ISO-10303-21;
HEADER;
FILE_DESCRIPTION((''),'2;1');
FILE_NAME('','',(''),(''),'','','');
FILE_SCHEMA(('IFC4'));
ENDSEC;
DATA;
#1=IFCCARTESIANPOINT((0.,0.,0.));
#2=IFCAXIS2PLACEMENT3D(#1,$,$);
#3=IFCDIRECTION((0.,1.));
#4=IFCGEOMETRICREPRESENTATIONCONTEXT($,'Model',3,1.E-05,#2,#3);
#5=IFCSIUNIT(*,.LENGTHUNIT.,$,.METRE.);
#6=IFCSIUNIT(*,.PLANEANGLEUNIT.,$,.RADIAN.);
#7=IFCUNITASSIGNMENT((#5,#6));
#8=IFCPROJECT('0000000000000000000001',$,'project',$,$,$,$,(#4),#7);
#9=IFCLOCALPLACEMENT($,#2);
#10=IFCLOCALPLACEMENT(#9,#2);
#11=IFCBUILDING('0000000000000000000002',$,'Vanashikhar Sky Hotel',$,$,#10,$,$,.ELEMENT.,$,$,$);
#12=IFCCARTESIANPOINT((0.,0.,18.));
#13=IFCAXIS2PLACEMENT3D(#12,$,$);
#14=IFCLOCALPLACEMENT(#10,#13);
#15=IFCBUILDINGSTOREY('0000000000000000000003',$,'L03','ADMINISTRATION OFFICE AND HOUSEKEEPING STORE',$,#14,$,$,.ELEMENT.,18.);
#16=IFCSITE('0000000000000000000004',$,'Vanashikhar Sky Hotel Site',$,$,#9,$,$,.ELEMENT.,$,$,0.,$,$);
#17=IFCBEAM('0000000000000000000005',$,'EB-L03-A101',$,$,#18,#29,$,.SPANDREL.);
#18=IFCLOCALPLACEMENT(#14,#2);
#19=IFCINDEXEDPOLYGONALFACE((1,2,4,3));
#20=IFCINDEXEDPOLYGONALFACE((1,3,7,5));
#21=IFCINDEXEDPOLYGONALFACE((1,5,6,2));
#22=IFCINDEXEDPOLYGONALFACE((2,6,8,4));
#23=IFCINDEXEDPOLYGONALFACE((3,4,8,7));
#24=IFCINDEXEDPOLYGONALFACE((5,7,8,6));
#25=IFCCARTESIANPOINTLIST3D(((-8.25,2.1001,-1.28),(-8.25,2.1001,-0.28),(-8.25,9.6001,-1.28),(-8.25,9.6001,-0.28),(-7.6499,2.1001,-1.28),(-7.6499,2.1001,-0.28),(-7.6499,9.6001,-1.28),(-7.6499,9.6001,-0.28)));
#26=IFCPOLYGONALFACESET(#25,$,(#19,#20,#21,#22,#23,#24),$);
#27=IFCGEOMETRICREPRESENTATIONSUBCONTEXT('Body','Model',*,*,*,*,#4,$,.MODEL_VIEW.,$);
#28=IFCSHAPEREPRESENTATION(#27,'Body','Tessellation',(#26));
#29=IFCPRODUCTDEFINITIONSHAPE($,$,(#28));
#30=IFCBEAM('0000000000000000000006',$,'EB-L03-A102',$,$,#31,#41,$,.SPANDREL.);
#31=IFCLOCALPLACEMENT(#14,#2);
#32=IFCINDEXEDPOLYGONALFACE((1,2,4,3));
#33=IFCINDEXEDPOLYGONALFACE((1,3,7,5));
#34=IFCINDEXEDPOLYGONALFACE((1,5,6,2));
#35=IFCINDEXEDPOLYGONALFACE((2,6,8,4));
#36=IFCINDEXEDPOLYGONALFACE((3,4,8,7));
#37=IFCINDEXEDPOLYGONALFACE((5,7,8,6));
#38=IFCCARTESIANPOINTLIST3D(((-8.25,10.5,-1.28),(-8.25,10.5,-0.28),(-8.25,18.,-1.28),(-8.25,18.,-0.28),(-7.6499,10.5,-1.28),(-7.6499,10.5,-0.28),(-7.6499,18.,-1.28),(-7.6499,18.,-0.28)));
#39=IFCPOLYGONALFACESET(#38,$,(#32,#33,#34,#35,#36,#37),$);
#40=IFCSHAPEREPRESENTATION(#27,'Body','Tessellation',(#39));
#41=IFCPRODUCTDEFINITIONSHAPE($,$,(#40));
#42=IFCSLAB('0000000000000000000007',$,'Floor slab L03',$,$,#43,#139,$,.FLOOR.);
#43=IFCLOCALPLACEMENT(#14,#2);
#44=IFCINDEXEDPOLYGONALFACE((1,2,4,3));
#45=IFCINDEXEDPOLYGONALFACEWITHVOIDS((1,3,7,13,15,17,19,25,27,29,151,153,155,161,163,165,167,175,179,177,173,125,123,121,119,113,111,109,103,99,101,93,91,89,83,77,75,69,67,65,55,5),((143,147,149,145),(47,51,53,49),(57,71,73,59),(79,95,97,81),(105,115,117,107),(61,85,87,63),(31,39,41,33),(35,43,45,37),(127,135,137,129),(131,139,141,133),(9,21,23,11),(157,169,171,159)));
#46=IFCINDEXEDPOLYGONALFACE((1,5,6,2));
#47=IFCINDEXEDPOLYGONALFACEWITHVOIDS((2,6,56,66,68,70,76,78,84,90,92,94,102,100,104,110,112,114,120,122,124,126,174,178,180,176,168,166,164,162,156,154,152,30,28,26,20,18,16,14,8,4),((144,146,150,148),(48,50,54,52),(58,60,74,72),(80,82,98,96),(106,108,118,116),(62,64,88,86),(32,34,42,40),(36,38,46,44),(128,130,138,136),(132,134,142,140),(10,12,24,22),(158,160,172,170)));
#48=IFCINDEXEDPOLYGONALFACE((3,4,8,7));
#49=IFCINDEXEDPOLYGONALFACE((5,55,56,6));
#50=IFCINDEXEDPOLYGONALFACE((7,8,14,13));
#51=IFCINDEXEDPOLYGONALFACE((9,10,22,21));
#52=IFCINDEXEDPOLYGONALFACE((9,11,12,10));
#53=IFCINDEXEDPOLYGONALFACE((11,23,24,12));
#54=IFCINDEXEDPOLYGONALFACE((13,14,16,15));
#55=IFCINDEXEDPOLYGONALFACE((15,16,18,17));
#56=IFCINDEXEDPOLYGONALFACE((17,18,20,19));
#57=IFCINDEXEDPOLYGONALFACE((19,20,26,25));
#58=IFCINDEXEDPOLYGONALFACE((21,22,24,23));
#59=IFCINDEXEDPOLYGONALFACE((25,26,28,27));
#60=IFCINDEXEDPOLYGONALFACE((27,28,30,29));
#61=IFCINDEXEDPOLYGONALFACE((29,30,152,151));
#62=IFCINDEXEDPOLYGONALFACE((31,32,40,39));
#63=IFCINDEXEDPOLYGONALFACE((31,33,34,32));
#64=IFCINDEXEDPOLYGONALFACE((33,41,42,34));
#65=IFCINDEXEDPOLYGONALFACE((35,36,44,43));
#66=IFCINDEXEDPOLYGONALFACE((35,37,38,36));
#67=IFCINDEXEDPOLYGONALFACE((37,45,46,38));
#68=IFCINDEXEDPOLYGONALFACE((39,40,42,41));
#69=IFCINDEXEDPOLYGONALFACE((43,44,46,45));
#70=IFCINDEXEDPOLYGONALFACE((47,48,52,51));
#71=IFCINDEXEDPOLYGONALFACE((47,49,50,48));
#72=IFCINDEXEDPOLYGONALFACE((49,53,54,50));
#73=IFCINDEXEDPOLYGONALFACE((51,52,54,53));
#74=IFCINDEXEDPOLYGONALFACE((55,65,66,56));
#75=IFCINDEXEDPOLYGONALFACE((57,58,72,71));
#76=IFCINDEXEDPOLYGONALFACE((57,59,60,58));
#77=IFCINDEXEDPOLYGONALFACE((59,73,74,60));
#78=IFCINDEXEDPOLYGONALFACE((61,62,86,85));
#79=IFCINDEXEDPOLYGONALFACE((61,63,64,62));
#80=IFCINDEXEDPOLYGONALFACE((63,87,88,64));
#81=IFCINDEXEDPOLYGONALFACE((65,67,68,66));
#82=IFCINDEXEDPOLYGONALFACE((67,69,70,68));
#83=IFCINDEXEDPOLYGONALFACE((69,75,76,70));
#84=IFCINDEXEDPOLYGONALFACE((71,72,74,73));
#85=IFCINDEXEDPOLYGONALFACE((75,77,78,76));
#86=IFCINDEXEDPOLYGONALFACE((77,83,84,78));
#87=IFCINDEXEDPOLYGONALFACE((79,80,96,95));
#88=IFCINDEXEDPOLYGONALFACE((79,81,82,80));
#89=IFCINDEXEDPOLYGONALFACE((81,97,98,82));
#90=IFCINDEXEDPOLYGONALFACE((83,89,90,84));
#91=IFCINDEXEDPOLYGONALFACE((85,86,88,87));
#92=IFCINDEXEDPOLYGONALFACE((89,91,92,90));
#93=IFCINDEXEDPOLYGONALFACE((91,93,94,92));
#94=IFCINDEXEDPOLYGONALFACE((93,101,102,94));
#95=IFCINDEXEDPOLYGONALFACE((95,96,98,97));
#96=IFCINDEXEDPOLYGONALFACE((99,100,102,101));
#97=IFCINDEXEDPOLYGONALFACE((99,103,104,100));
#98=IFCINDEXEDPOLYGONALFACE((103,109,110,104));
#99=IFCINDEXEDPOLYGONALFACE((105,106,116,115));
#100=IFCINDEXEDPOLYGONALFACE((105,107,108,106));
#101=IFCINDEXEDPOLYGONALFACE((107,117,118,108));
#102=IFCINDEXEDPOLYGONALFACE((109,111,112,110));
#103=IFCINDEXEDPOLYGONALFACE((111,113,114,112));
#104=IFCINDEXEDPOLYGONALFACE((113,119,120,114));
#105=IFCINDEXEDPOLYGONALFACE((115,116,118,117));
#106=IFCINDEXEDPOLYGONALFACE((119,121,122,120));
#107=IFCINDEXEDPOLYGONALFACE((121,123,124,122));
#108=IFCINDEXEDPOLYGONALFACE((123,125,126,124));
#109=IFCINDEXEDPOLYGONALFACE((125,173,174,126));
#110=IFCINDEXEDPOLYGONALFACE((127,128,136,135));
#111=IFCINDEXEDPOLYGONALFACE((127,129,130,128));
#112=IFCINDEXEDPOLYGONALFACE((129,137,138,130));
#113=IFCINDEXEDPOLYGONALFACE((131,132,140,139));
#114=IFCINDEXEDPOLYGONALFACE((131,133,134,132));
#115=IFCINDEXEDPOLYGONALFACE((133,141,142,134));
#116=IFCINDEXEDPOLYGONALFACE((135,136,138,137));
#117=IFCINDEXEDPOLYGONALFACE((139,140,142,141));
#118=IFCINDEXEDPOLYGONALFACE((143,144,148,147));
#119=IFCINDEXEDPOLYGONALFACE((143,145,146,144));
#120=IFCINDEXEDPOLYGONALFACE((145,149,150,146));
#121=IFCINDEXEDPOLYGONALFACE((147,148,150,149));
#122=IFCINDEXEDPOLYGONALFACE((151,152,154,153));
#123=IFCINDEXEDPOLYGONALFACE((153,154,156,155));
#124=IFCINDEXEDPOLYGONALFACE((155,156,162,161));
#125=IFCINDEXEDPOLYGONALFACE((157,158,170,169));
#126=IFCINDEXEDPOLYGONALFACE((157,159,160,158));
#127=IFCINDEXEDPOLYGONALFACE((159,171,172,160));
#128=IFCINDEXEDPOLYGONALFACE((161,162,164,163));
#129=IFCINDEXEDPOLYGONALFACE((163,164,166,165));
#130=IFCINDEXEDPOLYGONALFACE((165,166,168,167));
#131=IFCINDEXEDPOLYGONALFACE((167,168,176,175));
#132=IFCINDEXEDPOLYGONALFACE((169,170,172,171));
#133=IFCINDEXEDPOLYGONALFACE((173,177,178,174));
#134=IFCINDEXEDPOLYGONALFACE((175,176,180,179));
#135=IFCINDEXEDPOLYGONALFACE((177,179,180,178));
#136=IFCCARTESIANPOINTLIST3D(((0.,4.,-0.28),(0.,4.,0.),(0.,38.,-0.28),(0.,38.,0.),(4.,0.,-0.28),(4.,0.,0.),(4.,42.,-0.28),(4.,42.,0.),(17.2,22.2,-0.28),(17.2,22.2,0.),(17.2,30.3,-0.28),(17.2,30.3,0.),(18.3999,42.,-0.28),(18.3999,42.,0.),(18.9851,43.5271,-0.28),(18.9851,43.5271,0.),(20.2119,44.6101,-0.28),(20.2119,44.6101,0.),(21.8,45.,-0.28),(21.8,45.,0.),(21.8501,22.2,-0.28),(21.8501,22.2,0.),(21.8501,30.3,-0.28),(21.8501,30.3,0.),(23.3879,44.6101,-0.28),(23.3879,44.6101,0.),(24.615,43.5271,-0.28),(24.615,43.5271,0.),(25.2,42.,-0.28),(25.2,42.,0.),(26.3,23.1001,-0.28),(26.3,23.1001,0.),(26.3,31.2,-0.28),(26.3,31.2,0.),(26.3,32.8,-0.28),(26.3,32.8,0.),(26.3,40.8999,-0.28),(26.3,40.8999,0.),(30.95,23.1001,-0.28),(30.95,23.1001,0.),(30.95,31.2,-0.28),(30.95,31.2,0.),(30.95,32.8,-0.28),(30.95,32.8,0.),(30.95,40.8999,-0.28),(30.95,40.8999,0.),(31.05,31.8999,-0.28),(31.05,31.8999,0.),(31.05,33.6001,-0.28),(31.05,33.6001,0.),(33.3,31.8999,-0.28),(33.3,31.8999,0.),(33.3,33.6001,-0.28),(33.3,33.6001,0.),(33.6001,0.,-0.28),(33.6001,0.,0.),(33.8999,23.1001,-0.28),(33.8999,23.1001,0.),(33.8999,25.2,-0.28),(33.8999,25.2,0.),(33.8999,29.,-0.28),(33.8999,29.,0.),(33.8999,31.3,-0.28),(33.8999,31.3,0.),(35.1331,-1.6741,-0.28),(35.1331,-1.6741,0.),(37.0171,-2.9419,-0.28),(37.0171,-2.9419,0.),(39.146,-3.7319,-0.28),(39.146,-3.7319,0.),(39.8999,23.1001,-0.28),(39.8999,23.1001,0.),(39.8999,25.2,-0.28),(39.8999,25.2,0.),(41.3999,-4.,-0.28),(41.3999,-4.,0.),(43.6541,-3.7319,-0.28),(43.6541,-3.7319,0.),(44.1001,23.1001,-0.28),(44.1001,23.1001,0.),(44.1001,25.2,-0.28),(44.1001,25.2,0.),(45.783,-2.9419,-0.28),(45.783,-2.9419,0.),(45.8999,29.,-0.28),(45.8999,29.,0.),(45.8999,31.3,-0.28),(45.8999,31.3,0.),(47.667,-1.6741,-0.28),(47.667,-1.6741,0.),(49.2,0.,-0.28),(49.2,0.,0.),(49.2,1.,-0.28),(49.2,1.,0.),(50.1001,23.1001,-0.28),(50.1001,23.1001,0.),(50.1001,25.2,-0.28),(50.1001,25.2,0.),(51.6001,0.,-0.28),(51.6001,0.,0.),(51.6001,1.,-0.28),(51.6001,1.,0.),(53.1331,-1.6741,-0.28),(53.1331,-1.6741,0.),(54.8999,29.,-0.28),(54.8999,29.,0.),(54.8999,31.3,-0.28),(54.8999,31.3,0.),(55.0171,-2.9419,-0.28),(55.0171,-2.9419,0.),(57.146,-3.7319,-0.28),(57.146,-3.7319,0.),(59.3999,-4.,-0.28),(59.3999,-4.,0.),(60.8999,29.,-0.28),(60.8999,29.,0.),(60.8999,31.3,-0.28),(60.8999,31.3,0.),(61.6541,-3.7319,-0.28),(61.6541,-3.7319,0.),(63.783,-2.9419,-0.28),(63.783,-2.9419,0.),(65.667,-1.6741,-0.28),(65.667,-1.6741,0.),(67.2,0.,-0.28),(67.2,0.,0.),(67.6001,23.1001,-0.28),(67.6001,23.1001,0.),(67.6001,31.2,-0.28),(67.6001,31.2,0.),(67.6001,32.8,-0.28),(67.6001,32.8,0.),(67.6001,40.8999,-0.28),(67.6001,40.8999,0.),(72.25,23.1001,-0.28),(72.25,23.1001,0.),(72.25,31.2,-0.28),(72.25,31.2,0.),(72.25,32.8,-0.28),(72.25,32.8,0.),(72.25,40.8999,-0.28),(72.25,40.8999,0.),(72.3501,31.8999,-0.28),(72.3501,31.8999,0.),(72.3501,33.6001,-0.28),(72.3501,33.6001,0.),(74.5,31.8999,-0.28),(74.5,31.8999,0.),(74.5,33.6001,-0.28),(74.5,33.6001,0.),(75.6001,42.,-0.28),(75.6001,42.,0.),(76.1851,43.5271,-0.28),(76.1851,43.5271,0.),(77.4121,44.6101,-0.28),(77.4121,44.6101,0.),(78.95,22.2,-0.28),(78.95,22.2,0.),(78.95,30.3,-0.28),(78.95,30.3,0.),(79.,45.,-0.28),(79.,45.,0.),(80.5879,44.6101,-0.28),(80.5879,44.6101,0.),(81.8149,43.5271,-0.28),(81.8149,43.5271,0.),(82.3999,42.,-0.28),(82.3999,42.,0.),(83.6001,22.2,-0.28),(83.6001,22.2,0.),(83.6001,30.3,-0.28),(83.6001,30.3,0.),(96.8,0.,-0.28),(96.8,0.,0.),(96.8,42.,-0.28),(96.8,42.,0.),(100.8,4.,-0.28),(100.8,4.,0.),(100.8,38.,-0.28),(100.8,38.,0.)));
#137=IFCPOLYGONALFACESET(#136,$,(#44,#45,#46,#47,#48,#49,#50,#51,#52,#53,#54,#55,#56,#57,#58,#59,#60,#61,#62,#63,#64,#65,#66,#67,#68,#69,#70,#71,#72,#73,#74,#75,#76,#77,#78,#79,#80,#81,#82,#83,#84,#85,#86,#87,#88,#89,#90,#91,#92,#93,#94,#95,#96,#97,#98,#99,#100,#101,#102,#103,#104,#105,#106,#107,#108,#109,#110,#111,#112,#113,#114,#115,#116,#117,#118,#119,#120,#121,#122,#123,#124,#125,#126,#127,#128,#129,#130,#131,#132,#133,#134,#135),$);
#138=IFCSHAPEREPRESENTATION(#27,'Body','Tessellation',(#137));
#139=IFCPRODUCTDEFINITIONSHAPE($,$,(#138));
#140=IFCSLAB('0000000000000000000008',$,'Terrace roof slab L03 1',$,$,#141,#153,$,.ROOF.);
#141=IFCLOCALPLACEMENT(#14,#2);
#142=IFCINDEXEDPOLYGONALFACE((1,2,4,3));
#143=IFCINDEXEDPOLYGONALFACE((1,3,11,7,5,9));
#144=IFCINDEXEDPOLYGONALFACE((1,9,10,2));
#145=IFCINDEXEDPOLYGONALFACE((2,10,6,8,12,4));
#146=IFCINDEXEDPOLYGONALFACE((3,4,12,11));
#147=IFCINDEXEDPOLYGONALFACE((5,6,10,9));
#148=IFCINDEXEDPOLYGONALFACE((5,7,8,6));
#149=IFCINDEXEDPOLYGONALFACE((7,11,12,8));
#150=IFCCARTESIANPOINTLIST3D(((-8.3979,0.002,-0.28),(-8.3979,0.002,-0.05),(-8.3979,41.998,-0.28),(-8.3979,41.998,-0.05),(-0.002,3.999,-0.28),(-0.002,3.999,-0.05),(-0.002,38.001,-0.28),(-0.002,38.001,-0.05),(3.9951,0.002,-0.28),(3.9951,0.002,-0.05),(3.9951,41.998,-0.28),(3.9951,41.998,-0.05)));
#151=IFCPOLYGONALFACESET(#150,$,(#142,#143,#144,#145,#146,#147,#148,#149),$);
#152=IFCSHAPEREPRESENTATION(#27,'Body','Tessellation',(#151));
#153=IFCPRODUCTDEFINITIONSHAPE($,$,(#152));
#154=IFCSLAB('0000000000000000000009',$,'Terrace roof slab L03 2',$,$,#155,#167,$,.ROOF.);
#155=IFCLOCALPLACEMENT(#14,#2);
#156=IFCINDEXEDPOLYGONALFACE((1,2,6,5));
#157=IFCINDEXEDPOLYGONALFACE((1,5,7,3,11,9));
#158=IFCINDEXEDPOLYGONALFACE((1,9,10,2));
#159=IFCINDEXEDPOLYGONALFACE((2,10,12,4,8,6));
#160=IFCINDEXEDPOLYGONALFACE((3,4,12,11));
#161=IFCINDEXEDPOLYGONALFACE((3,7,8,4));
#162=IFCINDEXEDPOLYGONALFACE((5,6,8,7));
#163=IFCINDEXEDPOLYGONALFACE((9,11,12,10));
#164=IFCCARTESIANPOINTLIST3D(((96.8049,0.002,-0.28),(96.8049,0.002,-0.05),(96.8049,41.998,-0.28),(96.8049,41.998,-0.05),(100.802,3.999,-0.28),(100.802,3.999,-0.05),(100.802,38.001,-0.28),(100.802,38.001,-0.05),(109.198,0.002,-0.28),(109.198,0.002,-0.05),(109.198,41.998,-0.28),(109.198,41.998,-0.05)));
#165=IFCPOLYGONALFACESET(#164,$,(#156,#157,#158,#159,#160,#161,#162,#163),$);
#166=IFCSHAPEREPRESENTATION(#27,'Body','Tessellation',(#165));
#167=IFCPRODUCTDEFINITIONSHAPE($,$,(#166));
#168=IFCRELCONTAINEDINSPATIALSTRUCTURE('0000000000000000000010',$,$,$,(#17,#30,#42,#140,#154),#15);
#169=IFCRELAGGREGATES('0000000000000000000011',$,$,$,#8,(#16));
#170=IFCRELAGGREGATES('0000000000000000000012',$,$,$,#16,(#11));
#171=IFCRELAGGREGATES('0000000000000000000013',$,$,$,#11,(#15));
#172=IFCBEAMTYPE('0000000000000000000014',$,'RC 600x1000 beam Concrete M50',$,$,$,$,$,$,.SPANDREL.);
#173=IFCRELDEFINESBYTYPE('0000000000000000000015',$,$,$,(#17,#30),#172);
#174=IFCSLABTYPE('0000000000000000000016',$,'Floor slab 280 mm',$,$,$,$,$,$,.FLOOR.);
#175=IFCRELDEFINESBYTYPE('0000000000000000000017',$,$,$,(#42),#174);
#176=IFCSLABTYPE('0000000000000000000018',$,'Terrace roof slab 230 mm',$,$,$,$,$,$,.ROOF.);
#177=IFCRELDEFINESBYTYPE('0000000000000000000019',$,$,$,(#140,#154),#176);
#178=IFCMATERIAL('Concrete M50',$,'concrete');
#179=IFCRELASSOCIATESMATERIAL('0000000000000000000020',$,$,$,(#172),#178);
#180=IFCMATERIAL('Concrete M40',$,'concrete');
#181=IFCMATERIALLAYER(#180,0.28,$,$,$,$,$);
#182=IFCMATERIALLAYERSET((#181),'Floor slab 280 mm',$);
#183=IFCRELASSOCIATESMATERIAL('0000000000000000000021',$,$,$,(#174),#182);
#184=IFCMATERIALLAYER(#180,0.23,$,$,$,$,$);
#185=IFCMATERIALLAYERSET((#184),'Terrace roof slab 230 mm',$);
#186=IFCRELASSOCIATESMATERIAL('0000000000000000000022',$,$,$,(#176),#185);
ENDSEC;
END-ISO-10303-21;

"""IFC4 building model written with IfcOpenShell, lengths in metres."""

from ifc_helpers import new_model, si_unit, direction, frame, origin, origin_2d, place, context, subcontext, project, spatial, polyline, rectangle, outline, extrude, source, transform, mapped, material, layer, layer_set, material_profile, profile_set, type_object, element, save


model = new_model("IFC4")

# Units and contexts
model_context = context("Model", 3, precision=1e-05, world=origin(), true_north=direction((0.0, 1.0)))
body_context = subcontext(model_context, "Body", "Model", "MODEL_VIEW")
ifc_project = project(units=[si_unit("LENGTHUNIT", "METRE"), si_unit("PLANEANGLEUNIT", "RADIAN")], contexts=[model_context])

# Site, building, storey
site_placement = place(None, origin())
site = spatial("IfcSite", under=ifc_project, at=site_placement, Name="Vanashikhar Sky Hotel Site", CompositionType="ELEMENT", RefElevation=0.0)
building_placement = place(site_placement, origin())
building = spatial("IfcBuilding", under=site, at=building_placement, Name="Vanashikhar Sky Hotel", CompositionType="ELEMENT")
storey_placement = place(building_placement, frame((0.0, 0.0, 18.0)))
storey = spatial("IfcBuildingStorey", under=building, at=storey_placement, Name="L03", Description="ADMINISTRATION OFFICE AND HOUSEKEEPING STORE", CompositionType="ELEMENT", Elevation=18.0)

# Beams
ifc_material_1 = material(Name="Concrete M50", Category="concrete")
ifc_material_profile = material_profile(ifc_material_1, rectangle(XDim=0.6001, YDim=1.0, at=origin_2d()))
ifc_profile_set = profile_set([ifc_material_profile], Name="RC 600x1000 beam Concrete M50")
beam_type = type_object("IfcBeamType", Name="RC 600x1000 beam Concrete M50", PredefinedType="SPANDREL", material=ifc_profile_set)
shared_shape_1 = source(origin(), body_context, "Body", "SweptSolid", [
    extrude(rectangle(XDim=0.6001, YDim=1.0, at=origin_2d()), origin(), (0.0, 0.0, 1.0), 7.5),
])
for number, where, z_axis, x_axis, name in (
    (1, (-7.95, 2.1001, -0.78), (0.0, 1.0, 0.0), (-1.0, 0.0, 0.0), "EB-L03-A101"),
    (2, (-7.95, 10.5, -0.78), (0.0, 1.0, 0.0), (-1.0, 0.0, 0.0), "EB-L03-A102"),
):
    element("IfcBeam", number, at=place(storey_placement, frame(where, z_axis=z_axis, x_axis=x_axis)), inside=storey, type_object=beam_type, Name=name, PredefinedType="SPANDREL", context=body_context, shape_type="MappedRepresentation", body=[
        mapped(shared_shape_1, transform((0.0, 0.0, 0.0), scale=1.0)),
    ])

# Slabs
ifc_material_2 = material(Name="Concrete M40", Category="concrete")
ifc_layer_1 = layer(ifc_material_2, 0.28)
ifc_layer_set_1 = layer_set([ifc_layer_1], Name="Floor slab 280 mm")
slab_type_1 = type_object("IfcSlabType", Name="Floor slab 280 mm", PredefinedType="FLOOR", material=ifc_layer_set_1)
shared_shape_2 = source(origin(), body_context, "Body", "SweptSolid", [
    extrude(outline(polyline([(49.2, 0.0), (49.2, 1.0), (51.6001, 1.0), (51.6001, 0.0), (53.1331, -1.6741), (55.0171, -2.9419), (57.146, -3.7319), (59.3999, -4.0), (61.6541, -3.7319), (63.783, -2.9419), (65.667, -1.6741), (67.2, 0.0), (96.8, 0.0), (100.8, 4.0), (100.8, 38.0), (96.8, 42.0), (82.3999, 42.0), (81.8149, 43.5271), (80.5879, 44.6101), (79.0, 45.0), (77.4121, 44.6101), (76.1851, 43.5271), (75.6001, 42.0), (25.2, 42.0), (24.615, 43.5271), (23.3879, 44.6101), (21.8, 45.0), (20.2119, 44.6101), (18.9851, 43.5271), (18.3999, 42.0), (4.0, 42.0), (0.0, 38.0), (0.0, 4.0), (4.0, 0.0), (33.6001, 0.0), (35.1331, -1.6741), (37.0171, -2.9419), (39.146, -3.7319), (41.3999, -4.0), (43.6541, -3.7319), (45.783, -2.9419), (47.667, -1.6741), (49.2, 0.0)]), holes=[polyline([(33.3, 33.6001), (31.05, 33.6001), (31.05, 31.8999), (33.3, 31.8999), (33.3, 33.6001)]), polyline([(33.8999, 25.2), (33.8999, 23.1001), (39.8999, 23.1001), (39.8999, 25.2), (33.8999, 25.2)]), polyline([(33.8999, 31.3), (33.8999, 29.0), (45.8999, 29.0), (45.8999, 31.3), (33.8999, 31.3)]), polyline([(44.1001, 25.2), (44.1001, 23.1001), (50.1001, 23.1001), (50.1001, 25.2), (44.1001, 25.2)]), polyline([(54.8999, 31.3), (54.8999, 29.0), (60.8999, 29.0), (60.8999, 31.3), (54.8999, 31.3)]), polyline([(74.5, 33.6001), (72.3501, 33.6001), (72.3501, 31.8999), (74.5, 31.8999), (74.5, 33.6001)]), polyline([(30.95, 23.1001), (30.95, 31.2), (26.3, 31.2), (26.3, 23.1001), (30.95, 23.1001)]), polyline([(72.25, 23.1001), (72.25, 31.2), (67.6001, 31.2), (67.6001, 23.1001), (72.25, 23.1001)]), polyline([(30.95, 32.8), (30.95, 40.8999), (26.3, 40.8999), (26.3, 32.8), (30.95, 32.8)]), polyline([(72.25, 32.8), (72.25, 40.8999), (67.6001, 40.8999), (67.6001, 32.8), (72.25, 32.8)]), polyline([(83.6001, 22.2), (83.6001, 30.3), (78.95, 30.3), (78.95, 22.2), (83.6001, 22.2)]), polyline([(21.8501, 22.2), (21.8501, 30.3), (17.2, 30.3), (17.2, 22.2), (21.8501, 22.2)])]), origin(), (0.0, 0.0, 1.0), 0.28),
])
slab_1_placement = place(storey_placement, frame((0.0, 0.0, -0.28)))
element("IfcSlab", 3, at=slab_1_placement, inside=storey, type_object=slab_type_1, Name="Floor slab L03", PredefinedType="FLOOR", context=body_context, shape_type="MappedRepresentation", body=[
    mapped(shared_shape_2, transform((0.0, 0.0, 0.0), scale=1.0)),
])
ifc_layer_2 = layer(ifc_material_2, 0.23)
ifc_layer_set_2 = layer_set([ifc_layer_2], Name="Terrace roof slab 230 mm")
slab_type_2 = type_object("IfcSlabType", Name="Terrace roof slab 230 mm", PredefinedType="ROOF", material=ifc_layer_set_2)
shared_shape_3 = source(origin(), body_context, "Body", "SweptSolid", [
    extrude(outline(polyline([(3.9951, 0.002), (-0.002, 3.999), (-0.002, 38.001), (3.9951, 41.998), (-8.3979, 41.998), (-8.3979, 0.002), (3.9951, 0.002)])), origin(), (0.0, 0.0, 1.0), 0.23),
])
slab_2_placement = place(storey_placement, frame((0.0, 0.0, -0.28)))
element("IfcSlab", 4, at=slab_2_placement, inside=storey, type_object=slab_type_2, Name="Terrace roof slab L03 1", PredefinedType="ROOF", context=body_context, shape_type="MappedRepresentation", body=[
    mapped(shared_shape_3, transform((0.0, 0.0, 0.0), scale=1.0)),
])
shared_shape_4 = source(origin(), body_context, "Body", "SweptSolid", [
    extrude(outline(polyline([(96.8049, 41.998), (100.802, 38.001), (100.802, 3.999), (96.8049, 0.002), (109.198, 0.002), (109.198, 41.998), (96.8049, 41.998)])), origin(), (0.0, 0.0, 1.0), 0.23),
])
slab_3_placement = place(storey_placement, frame((0.0, 0.0, -0.28)))
element("IfcSlab", 5, at=slab_3_placement, inside=storey, type_object=slab_type_2, Name="Terrace roof slab L03 2", PredefinedType="ROOF", context=body_context, shape_type="MappedRepresentation", body=[
    mapped(shared_shape_4, transform((0.0, 0.0, 0.0), scale=1.0)),
])

save(model, "model.ifc")
